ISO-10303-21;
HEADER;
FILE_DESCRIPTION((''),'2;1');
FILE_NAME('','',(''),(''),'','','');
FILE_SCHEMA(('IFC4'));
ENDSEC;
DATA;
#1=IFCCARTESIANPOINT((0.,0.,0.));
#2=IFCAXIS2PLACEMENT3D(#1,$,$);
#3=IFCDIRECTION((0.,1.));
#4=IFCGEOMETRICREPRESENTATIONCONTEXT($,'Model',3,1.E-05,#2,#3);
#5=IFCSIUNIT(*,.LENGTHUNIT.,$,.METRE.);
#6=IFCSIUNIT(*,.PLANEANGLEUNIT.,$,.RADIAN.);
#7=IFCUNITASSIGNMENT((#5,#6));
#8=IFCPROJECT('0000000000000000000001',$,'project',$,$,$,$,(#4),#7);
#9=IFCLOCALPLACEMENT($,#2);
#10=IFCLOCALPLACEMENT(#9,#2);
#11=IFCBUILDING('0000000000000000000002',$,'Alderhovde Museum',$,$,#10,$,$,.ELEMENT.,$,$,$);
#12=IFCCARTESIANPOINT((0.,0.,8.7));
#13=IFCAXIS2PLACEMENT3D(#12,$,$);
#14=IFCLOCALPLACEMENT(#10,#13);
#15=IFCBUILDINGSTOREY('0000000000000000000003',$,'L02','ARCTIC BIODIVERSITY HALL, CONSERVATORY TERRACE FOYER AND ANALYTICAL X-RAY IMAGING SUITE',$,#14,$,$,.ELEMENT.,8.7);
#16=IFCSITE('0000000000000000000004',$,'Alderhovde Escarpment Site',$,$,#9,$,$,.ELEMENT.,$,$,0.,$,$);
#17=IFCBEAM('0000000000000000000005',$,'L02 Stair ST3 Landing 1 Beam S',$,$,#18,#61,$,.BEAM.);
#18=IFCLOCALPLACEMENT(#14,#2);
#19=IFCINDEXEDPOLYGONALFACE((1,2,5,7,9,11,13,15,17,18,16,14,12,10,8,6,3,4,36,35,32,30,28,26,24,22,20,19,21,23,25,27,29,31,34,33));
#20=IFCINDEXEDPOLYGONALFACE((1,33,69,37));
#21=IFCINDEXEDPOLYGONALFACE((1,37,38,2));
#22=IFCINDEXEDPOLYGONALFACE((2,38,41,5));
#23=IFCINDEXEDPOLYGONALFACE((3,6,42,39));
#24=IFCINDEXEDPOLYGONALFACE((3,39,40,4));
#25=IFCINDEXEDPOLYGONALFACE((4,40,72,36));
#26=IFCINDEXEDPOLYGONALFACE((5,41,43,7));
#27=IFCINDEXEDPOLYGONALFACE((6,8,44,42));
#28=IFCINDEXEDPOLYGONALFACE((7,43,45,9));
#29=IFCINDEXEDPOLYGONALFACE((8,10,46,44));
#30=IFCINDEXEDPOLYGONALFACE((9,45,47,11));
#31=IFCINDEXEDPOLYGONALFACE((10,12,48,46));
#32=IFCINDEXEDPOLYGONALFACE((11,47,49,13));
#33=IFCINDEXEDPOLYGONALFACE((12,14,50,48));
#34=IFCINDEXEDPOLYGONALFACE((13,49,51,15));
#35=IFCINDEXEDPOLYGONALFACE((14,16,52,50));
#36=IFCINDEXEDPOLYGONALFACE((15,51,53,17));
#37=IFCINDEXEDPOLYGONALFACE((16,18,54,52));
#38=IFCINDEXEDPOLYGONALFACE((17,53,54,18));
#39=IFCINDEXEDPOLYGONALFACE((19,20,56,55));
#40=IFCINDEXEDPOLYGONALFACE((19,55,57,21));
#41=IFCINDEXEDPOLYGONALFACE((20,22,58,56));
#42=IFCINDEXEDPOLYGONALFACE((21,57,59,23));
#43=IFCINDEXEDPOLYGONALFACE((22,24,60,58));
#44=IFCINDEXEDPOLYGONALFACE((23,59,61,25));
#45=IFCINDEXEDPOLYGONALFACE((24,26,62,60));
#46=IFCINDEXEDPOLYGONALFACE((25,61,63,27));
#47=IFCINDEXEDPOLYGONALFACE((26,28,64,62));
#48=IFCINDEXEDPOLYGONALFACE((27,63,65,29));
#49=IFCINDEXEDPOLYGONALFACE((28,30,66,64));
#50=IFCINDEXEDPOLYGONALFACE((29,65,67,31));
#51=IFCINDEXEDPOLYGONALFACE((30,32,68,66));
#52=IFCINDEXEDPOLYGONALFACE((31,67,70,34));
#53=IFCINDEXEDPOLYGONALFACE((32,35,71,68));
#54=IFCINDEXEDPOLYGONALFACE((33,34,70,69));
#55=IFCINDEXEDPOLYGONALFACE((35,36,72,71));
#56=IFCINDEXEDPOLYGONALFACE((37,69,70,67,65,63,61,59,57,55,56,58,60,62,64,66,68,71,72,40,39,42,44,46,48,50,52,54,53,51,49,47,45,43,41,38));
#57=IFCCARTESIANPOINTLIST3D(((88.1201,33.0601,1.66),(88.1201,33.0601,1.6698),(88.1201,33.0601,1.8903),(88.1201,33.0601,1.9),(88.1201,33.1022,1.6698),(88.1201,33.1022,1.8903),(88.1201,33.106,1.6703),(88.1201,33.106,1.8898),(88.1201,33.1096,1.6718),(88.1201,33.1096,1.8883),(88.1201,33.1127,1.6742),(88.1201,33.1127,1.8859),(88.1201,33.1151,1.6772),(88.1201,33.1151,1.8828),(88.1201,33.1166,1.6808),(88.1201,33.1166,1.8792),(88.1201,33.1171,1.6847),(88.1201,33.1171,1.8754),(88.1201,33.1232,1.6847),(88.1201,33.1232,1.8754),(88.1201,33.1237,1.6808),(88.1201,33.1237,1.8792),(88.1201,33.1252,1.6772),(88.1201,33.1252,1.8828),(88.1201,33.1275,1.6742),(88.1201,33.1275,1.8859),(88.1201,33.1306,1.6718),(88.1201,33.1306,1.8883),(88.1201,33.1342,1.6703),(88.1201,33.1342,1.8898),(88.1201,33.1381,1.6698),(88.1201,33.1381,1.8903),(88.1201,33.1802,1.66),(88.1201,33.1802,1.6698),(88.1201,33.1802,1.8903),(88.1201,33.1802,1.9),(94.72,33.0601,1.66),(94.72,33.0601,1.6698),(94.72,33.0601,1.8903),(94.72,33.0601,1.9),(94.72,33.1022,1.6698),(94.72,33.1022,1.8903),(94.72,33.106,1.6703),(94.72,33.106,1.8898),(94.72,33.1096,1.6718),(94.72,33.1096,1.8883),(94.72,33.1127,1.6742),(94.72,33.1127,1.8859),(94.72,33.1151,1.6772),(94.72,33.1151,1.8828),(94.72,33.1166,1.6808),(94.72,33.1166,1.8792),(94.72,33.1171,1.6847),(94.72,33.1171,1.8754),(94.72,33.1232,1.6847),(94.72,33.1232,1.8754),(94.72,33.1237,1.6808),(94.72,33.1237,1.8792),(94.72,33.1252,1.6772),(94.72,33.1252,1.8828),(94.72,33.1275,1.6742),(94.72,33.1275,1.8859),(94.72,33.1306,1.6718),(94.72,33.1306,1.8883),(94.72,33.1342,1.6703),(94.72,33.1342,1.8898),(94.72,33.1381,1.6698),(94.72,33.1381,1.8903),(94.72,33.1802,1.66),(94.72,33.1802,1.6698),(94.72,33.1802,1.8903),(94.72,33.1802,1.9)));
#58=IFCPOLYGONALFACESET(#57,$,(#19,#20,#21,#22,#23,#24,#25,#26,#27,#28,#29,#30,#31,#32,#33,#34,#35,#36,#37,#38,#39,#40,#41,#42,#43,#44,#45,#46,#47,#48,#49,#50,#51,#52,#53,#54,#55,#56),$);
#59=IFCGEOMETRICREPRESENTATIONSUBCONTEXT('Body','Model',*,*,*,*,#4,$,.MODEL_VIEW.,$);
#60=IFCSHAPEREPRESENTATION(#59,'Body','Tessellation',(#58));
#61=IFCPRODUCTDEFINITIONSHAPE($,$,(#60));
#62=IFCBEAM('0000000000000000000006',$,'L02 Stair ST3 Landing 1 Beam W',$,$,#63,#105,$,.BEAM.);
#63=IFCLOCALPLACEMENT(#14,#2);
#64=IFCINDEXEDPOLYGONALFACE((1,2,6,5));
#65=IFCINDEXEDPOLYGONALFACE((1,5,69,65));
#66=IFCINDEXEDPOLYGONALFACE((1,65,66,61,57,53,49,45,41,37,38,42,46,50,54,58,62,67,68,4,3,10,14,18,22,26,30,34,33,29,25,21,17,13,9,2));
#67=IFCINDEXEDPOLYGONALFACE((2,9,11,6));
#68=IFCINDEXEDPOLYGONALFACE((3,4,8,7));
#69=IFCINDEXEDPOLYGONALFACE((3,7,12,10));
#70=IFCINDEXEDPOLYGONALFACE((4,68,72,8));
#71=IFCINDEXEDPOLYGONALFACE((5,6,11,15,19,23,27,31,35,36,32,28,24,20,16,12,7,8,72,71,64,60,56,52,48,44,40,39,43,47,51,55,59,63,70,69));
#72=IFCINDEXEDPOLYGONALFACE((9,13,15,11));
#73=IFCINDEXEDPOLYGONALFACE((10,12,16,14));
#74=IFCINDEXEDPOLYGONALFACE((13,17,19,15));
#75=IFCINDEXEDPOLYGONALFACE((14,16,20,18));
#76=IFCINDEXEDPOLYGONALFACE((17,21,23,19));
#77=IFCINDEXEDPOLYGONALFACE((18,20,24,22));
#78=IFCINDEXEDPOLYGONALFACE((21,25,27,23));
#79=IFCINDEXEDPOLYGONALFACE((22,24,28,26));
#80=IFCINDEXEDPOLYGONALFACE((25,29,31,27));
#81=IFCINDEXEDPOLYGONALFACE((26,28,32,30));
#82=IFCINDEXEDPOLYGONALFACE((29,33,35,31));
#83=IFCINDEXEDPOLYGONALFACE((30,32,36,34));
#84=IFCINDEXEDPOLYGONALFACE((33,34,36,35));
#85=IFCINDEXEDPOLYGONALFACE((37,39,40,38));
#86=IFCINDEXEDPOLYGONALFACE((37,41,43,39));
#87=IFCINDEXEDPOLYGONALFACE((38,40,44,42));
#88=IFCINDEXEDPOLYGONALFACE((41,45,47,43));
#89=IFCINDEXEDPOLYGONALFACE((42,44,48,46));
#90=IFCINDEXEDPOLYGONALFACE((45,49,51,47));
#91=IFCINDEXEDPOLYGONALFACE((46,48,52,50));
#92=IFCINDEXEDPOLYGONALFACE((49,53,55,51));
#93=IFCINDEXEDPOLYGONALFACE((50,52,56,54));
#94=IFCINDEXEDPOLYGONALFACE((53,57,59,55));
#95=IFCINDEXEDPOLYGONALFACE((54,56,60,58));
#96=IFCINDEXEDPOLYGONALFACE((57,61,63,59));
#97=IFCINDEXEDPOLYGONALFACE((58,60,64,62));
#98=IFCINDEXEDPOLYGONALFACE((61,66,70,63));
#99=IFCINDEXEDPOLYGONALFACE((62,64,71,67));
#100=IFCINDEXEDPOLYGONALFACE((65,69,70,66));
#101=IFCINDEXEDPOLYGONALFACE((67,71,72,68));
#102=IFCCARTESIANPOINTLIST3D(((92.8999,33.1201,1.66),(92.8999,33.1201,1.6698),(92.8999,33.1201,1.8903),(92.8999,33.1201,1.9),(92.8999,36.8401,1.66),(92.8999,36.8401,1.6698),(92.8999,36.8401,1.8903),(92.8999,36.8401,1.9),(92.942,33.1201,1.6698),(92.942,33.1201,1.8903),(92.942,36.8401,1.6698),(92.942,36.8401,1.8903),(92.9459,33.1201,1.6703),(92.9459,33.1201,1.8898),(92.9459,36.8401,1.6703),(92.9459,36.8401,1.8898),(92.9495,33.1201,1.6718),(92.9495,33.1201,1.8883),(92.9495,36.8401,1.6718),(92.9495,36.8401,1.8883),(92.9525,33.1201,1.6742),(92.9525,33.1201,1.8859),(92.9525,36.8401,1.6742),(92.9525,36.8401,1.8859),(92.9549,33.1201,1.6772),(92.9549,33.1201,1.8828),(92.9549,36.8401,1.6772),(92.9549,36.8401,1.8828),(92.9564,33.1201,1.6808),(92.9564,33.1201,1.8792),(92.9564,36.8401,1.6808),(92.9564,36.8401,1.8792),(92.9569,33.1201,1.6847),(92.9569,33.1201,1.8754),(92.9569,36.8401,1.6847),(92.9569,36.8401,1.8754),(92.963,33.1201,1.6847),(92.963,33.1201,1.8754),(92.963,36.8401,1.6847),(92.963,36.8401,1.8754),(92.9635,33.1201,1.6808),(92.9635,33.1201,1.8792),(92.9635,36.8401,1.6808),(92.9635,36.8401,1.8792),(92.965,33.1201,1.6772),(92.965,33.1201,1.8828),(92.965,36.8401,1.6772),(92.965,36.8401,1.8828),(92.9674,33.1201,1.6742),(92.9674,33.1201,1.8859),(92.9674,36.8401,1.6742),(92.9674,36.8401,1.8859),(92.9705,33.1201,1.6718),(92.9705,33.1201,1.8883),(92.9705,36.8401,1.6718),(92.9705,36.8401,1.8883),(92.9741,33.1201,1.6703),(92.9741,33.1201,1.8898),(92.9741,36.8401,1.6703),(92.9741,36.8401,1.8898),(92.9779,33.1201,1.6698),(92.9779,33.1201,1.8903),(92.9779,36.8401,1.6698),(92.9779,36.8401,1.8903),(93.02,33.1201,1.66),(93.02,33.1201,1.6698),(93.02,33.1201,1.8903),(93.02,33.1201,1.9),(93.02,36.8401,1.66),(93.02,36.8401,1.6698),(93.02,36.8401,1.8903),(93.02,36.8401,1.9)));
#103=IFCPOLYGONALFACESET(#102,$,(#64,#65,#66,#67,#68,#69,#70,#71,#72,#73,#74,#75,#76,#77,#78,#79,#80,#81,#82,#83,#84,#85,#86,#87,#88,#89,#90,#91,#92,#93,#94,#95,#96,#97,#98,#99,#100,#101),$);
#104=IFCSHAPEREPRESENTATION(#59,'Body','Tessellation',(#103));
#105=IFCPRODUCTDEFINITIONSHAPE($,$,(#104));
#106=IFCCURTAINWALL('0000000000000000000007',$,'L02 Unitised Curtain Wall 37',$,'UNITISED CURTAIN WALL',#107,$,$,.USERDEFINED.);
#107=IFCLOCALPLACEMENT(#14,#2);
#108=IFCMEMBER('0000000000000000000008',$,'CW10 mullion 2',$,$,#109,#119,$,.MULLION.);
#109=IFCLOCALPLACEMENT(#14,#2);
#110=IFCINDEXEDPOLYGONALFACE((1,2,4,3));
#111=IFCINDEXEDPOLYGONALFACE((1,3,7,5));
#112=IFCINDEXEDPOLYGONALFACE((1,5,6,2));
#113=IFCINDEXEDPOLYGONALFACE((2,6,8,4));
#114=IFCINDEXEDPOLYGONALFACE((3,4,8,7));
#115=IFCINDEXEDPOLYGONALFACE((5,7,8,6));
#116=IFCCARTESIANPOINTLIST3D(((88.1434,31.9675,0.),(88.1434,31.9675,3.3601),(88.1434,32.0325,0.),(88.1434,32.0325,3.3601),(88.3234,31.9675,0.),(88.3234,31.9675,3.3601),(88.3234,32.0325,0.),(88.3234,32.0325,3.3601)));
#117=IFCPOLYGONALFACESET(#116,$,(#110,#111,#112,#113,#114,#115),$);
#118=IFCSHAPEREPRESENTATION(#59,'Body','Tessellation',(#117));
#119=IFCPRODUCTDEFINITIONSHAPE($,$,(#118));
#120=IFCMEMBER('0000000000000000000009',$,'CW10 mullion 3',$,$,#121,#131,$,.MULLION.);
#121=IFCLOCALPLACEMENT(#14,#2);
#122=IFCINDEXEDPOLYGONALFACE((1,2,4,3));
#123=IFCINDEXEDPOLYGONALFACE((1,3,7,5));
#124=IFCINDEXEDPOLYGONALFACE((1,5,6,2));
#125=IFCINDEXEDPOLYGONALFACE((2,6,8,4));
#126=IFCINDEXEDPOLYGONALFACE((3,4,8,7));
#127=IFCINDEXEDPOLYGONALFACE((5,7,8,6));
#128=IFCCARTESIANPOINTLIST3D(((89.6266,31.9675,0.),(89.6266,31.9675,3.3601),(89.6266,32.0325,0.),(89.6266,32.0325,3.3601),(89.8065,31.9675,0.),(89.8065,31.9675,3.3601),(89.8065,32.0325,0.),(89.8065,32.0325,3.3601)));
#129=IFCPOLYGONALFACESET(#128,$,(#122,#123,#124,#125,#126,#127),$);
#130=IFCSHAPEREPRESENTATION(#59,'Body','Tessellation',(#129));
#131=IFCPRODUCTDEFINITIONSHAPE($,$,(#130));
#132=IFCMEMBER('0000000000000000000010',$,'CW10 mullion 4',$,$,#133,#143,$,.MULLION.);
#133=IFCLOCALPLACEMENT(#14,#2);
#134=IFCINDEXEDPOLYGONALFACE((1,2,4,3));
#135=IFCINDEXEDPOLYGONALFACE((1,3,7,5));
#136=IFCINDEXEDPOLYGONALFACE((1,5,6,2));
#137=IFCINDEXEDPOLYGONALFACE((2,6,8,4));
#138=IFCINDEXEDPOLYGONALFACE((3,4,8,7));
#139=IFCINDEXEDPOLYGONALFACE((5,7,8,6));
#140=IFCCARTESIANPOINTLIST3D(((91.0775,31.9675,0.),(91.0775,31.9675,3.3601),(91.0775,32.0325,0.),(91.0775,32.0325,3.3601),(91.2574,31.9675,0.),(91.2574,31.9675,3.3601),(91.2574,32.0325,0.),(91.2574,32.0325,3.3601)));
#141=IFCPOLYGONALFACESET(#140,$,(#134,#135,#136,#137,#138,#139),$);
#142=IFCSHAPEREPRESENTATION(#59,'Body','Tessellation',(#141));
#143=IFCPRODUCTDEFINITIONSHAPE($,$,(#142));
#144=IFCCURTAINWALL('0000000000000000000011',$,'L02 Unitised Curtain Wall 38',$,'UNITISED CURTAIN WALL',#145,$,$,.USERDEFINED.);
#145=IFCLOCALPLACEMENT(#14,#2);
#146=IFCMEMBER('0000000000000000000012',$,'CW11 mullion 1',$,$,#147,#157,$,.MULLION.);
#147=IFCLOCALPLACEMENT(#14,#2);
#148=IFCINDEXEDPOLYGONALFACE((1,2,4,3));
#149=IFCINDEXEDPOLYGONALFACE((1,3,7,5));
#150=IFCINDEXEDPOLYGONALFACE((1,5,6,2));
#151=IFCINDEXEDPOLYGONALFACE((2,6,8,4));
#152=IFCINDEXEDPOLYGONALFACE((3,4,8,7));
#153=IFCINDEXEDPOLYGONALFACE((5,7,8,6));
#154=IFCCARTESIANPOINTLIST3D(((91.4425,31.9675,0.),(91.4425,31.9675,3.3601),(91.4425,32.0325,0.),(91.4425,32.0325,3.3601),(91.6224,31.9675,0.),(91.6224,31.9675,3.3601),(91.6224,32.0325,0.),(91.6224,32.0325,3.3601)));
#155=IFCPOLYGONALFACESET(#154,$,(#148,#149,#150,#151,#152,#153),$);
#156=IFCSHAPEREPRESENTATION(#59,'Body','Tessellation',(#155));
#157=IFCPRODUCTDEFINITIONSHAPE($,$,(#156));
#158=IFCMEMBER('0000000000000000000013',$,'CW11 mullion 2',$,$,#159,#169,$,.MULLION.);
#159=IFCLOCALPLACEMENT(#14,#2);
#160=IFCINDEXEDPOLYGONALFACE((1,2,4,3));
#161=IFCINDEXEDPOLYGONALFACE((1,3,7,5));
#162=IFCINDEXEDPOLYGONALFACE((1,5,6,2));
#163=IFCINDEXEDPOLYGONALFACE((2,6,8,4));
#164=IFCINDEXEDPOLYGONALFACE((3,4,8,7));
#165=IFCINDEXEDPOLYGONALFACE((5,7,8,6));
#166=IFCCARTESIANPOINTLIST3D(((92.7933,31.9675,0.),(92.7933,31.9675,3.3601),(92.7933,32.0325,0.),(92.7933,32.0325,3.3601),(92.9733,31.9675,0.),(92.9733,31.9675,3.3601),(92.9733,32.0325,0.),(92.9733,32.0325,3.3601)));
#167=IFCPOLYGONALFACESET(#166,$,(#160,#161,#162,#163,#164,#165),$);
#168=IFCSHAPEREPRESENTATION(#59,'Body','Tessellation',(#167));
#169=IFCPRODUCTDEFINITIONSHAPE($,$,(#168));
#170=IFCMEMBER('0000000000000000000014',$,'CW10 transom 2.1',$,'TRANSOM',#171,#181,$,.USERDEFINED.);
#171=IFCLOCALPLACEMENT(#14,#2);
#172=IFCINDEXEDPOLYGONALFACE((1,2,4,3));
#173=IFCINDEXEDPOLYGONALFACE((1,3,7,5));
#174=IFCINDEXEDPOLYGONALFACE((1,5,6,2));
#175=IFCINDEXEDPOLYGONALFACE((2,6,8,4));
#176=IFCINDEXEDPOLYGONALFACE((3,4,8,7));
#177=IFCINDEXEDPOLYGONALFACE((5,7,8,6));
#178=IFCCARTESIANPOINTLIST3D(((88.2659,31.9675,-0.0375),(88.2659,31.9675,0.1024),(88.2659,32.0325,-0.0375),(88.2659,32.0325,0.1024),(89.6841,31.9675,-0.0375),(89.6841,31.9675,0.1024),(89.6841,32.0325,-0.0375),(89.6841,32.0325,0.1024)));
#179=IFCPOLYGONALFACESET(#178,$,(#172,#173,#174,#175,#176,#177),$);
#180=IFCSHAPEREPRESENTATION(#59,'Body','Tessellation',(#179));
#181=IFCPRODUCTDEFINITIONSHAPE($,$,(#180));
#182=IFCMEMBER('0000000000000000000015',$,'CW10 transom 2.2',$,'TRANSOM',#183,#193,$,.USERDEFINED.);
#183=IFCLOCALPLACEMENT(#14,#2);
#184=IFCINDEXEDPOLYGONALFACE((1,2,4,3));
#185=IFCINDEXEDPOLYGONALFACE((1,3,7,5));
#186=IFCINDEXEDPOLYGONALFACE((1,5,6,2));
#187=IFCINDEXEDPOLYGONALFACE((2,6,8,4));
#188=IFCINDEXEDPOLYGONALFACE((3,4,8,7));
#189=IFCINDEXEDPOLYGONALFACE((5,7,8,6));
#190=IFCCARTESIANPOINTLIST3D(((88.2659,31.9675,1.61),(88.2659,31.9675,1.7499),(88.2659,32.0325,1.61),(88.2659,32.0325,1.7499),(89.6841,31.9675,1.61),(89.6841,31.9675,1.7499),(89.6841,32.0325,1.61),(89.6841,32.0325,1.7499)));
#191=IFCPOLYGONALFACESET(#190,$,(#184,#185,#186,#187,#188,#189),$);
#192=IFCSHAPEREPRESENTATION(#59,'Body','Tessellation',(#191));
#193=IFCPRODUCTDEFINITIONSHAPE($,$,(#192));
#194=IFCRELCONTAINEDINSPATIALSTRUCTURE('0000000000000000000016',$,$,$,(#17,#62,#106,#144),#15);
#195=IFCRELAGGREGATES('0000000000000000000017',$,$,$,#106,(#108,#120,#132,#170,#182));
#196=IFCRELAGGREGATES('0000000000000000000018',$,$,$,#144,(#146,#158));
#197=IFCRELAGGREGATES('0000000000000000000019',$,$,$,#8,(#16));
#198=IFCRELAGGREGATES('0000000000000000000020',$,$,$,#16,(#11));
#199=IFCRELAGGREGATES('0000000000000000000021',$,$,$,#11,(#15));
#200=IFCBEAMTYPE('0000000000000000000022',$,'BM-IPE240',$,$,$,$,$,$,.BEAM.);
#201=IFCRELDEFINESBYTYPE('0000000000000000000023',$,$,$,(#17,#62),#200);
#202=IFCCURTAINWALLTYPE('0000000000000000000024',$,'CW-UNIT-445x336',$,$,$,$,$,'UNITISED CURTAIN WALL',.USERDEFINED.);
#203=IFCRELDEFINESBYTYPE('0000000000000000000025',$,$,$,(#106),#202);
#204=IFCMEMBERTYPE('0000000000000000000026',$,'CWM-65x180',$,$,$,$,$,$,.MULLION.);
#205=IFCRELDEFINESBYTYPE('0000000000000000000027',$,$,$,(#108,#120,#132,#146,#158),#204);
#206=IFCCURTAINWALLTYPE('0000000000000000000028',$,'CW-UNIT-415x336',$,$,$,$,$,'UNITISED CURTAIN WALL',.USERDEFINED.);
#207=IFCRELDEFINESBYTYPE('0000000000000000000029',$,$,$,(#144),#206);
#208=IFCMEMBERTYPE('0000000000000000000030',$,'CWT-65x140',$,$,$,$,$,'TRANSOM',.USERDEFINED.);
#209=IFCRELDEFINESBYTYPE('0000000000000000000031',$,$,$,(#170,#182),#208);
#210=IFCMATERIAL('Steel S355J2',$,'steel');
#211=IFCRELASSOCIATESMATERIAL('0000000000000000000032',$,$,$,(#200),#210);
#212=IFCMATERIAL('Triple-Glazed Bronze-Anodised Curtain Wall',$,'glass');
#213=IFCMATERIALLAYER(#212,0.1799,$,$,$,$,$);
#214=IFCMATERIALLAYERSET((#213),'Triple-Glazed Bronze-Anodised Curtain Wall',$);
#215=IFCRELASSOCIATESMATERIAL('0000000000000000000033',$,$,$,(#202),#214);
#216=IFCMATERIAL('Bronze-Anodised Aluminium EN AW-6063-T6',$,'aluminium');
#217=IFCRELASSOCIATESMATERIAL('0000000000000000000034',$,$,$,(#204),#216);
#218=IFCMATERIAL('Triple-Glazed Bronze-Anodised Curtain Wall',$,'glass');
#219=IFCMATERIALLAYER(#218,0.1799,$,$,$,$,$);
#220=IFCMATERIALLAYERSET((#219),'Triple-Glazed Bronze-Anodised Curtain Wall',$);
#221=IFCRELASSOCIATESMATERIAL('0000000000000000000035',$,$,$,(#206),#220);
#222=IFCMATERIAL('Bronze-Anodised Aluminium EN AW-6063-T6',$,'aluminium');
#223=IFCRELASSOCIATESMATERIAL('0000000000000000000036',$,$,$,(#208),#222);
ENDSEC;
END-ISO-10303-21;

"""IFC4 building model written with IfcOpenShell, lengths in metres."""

from ifc_helpers import new_model, si_unit, direction, frame, origin, origin_2d, place, context, subcontext, project, spatial, rectangle, i_section, extrude, material, layer, layer_set, material_profile, profile_set, type_object, element, aggregate, save


model = new_model("IFC4")

# Units and contexts
model_context = context("Model", 3, precision=1e-05, world=origin(), true_north=direction((0.0, 1.0)))
body_context = subcontext(model_context, "Body", "Model", "MODEL_VIEW")
ifc_project = project(units=[si_unit("LENGTHUNIT", "METRE"), si_unit("PLANEANGLEUNIT", "RADIAN")], contexts=[model_context])

# Site, building, storey
site_placement = place(None, origin())
site = spatial("IfcSite", under=ifc_project, at=site_placement, Name="Alderhovde Escarpment Site", CompositionType="ELEMENT", RefElevation=0.0)
building_placement = place(site_placement, origin())
building = spatial("IfcBuilding", under=site, at=building_placement, Name="Alderhovde Museum", CompositionType="ELEMENT")
storey_placement = place(building_placement, frame((0.0, 0.0, 8.7)))
storey = spatial("IfcBuildingStorey", under=building, at=storey_placement, Name="L02", Description="ARCTIC BIODIVERSITY HALL, CONSERVATORY TERRACE FOYER AND ANALYTICAL X-RAY IMAGING SUITE", CompositionType="ELEMENT", Elevation=8.7)

# Beams
ifc_material_1 = material(Name="Steel S355J2", Category="steel")
ifc_material_profile_1 = material_profile(ifc_material_1, i_section(OverallWidth=0.1201, OverallDepth=0.24, WebThickness=0.0061, FlangeThickness=0.0098, FilletRadius=0.0149, at=origin_2d()), Name="IPE 240")
ifc_profile_set_1 = profile_set([ifc_material_profile_1], Name="Steel S355J2")
beam_type = type_object("IfcBeamType", Name="BM-IPE240", PredefinedType="BEAM", material=ifc_profile_set_1)
beam_1_placement = place(storey_placement, frame((88.1201, 33.1201, 1.78), z_axis=(1.0, 0.0, 0.0), x_axis=(0.0, 1.0, 0.0)))
element("IfcBeam", 1, at=beam_1_placement, inside=storey, type_object=beam_type, Name="L02 Stair ST3 Landing 1 Beam S", PredefinedType="BEAM", context=body_context, shape_type="SweptSolid", body=[
    extrude(i_section(OverallWidth=0.1201, OverallDepth=0.24, WebThickness=0.0061, FlangeThickness=0.0098, FilletRadius=0.0149, at=origin_2d()), origin(), (0.0, 0.0, 1.0), 6.5999),
])
beam_2_placement = place(storey_placement, frame((92.96, 33.1201, 1.78), z_axis=(0.0, 1.0, 0.0), x_axis=(-1.0, 0.0, 0.0)))
element("IfcBeam", 2, at=beam_2_placement, inside=storey, type_object=beam_type, Name="L02 Stair ST3 Landing 1 Beam W", PredefinedType="BEAM", context=body_context, shape_type="SweptSolid", body=[
    extrude(i_section(OverallWidth=0.1201, OverallDepth=0.24, WebThickness=0.0061, FlangeThickness=0.0098, FilletRadius=0.0149, at=origin_2d()), origin(), (0.0, 0.0, 1.0), 3.72),
])

# Curtain walls, members
ifc_material_2 = material(Name="Triple-Glazed Bronze-Anodised Curtain Wall", Category="glass")
ifc_layer_1 = layer(ifc_material_2, 0.1799)
ifc_layer_set_1 = layer_set([ifc_layer_1], Name="Triple-Glazed Bronze-Anodised Curtain Wall")
curtain_wall_type_1 = type_object("IfcCurtainWallType", Name="CW-UNIT-445x336", ElementType="UNITISED CURTAIN WALL", PredefinedType="USERDEFINED", material=ifc_layer_set_1)
curtain_wall_1_placement = place(storey_placement, origin())
curtain_wall_1 = element("IfcCurtainWall", 3, at=curtain_wall_1_placement, inside=storey, type_object=curtain_wall_type_1, Name="L02 Unitised Curtain Wall 37", ObjectType="UNITISED CURTAIN WALL", PredefinedType="USERDEFINED")
ifc_material_3 = material(Name="Bronze-Anodised Aluminium EN AW-6063-T6", Category="aluminium")
ifc_material_profile_2 = material_profile(ifc_material_3, rectangle(XDim=0.0649, YDim=0.1799, at=origin_2d()), Name="MULLION 65x180")
ifc_profile_set_2 = profile_set([ifc_material_profile_2], Name="Bronze-Anodised Aluminium EN AW-6063-T6")
member_type_1 = type_object("IfcMemberType", Name="CWM-65x180", PredefinedType="MULLION", material=ifc_profile_set_2)
member_1_placement = place(storey_placement, frame((88.2334, 32.0, 0.0), z_axis=(0.0, 0.0, 1.0), x_axis=(0.0, 1.0, 0.0)))
member_1 = element("IfcMember", 4, at=member_1_placement, type_object=member_type_1, Name="CW10 mullion 2", PredefinedType="MULLION", context=body_context, shape_type="SweptSolid", body=[
    extrude(rectangle(XDim=0.0649, YDim=0.1799, at=origin_2d()), origin(), (0.0, 0.0, 1.0), 3.3601),
])
member_2_placement = place(storey_placement, frame((89.7166, 32.0, 0.0), z_axis=(0.0, 0.0, 1.0), x_axis=(0.0, 1.0, 0.0)))
member_2 = element("IfcMember", 5, at=member_2_placement, type_object=member_type_1, Name="CW10 mullion 3", PredefinedType="MULLION", context=body_context, shape_type="SweptSolid", body=[
    extrude(rectangle(XDim=0.0649, YDim=0.1799, at=origin_2d()), origin(), (0.0, 0.0, 1.0), 3.3601),
])
member_3_placement = place(storey_placement, frame((91.1675, 32.0, 0.0), z_axis=(0.0, 0.0, 1.0), x_axis=(0.0, 1.0, 0.0)))
member_3 = element("IfcMember", 6, at=member_3_placement, type_object=member_type_1, Name="CW10 mullion 4", PredefinedType="MULLION", context=body_context, shape_type="SweptSolid", body=[
    extrude(rectangle(XDim=0.0649, YDim=0.1799, at=origin_2d()), origin(), (0.0, 0.0, 1.0), 3.3601),
])
ifc_material_4 = material(Name="Triple-Glazed Bronze-Anodised Curtain Wall", Category="glass")
ifc_layer_2 = layer(ifc_material_4, 0.1799)
ifc_layer_set_2 = layer_set([ifc_layer_2], Name="Triple-Glazed Bronze-Anodised Curtain Wall")
curtain_wall_type_2 = type_object("IfcCurtainWallType", Name="CW-UNIT-415x336", ElementType="UNITISED CURTAIN WALL", PredefinedType="USERDEFINED", material=ifc_layer_set_2)
curtain_wall_2_placement = place(storey_placement, origin())
curtain_wall_2 = element("IfcCurtainWall", 7, at=curtain_wall_2_placement, inside=storey, type_object=curtain_wall_type_2, Name="L02 Unitised Curtain Wall 38", ObjectType="UNITISED CURTAIN WALL", PredefinedType="USERDEFINED")
member_4_placement = place(storey_placement, frame((91.5325, 32.0, 0.0), z_axis=(0.0, 0.0, 1.0), x_axis=(0.0, 1.0, 0.0)))
member_4 = element("IfcMember", 8, at=member_4_placement, type_object=member_type_1, Name="CW11 mullion 1", PredefinedType="MULLION", context=body_context, shape_type="SweptSolid", body=[
    extrude(rectangle(XDim=0.0649, YDim=0.1799, at=origin_2d()), origin(), (0.0, 0.0, 1.0), 3.3601),
])
member_5_placement = place(storey_placement, frame((92.8833, 32.0, 0.0), z_axis=(0.0, 0.0, 1.0), x_axis=(0.0, 1.0, 0.0)))
member_5 = element("IfcMember", 9, at=member_5_placement, type_object=member_type_1, Name="CW11 mullion 2", PredefinedType="MULLION", context=body_context, shape_type="SweptSolid", body=[
    extrude(rectangle(XDim=0.0649, YDim=0.1799, at=origin_2d()), origin(), (0.0, 0.0, 1.0), 3.3601),
])

# Members
ifc_material_5 = material(Name="Bronze-Anodised Aluminium EN AW-6063-T6", Category="aluminium")
ifc_material_profile_3 = material_profile(ifc_material_5, rectangle(XDim=0.0649, YDim=0.1399, at=origin_2d()), Name="TRANSOM 65x140")
ifc_profile_set_3 = profile_set([ifc_material_profile_3], Name="Bronze-Anodised Aluminium EN AW-6063-T6")
member_type_2 = type_object("IfcMemberType", Name="CWT-65x140", ElementType="TRANSOM", PredefinedType="USERDEFINED", material=ifc_profile_set_3)
member_6_placement = place(storey_placement, frame((88.2659, 32.0, 0.0325), z_axis=(1.0, 0.0, 0.0), x_axis=(0.0, 1.0, 0.0)))
member_6 = element("IfcMember", 10, at=member_6_placement, type_object=member_type_2, Name="CW10 transom 2.1", ObjectType="TRANSOM", PredefinedType="USERDEFINED", context=body_context, shape_type="SweptSolid", body=[
    extrude(rectangle(XDim=0.0649, YDim=0.1399, at=origin_2d()), origin(), (0.0, 0.0, 1.0), 1.4182),
])
member_7_placement = place(storey_placement, frame((88.2659, 32.0, 1.6799), z_axis=(1.0, 0.0, 0.0), x_axis=(0.0, 1.0, 0.0)))
member_7 = element("IfcMember", 11, at=member_7_placement, type_object=member_type_2, Name="CW10 transom 2.2", ObjectType="TRANSOM", PredefinedType="USERDEFINED", context=body_context, shape_type="SweptSolid", body=[
    extrude(rectangle(XDim=0.0649, YDim=0.1399, at=origin_2d()), origin(), (0.0, 0.0, 1.0), 1.4182),
])

aggregate(curtain_wall_1, [member_1, member_2, member_3, member_6, member_7])
aggregate(curtain_wall_2, [member_4, member_5])

save(model, "model.ifc")
